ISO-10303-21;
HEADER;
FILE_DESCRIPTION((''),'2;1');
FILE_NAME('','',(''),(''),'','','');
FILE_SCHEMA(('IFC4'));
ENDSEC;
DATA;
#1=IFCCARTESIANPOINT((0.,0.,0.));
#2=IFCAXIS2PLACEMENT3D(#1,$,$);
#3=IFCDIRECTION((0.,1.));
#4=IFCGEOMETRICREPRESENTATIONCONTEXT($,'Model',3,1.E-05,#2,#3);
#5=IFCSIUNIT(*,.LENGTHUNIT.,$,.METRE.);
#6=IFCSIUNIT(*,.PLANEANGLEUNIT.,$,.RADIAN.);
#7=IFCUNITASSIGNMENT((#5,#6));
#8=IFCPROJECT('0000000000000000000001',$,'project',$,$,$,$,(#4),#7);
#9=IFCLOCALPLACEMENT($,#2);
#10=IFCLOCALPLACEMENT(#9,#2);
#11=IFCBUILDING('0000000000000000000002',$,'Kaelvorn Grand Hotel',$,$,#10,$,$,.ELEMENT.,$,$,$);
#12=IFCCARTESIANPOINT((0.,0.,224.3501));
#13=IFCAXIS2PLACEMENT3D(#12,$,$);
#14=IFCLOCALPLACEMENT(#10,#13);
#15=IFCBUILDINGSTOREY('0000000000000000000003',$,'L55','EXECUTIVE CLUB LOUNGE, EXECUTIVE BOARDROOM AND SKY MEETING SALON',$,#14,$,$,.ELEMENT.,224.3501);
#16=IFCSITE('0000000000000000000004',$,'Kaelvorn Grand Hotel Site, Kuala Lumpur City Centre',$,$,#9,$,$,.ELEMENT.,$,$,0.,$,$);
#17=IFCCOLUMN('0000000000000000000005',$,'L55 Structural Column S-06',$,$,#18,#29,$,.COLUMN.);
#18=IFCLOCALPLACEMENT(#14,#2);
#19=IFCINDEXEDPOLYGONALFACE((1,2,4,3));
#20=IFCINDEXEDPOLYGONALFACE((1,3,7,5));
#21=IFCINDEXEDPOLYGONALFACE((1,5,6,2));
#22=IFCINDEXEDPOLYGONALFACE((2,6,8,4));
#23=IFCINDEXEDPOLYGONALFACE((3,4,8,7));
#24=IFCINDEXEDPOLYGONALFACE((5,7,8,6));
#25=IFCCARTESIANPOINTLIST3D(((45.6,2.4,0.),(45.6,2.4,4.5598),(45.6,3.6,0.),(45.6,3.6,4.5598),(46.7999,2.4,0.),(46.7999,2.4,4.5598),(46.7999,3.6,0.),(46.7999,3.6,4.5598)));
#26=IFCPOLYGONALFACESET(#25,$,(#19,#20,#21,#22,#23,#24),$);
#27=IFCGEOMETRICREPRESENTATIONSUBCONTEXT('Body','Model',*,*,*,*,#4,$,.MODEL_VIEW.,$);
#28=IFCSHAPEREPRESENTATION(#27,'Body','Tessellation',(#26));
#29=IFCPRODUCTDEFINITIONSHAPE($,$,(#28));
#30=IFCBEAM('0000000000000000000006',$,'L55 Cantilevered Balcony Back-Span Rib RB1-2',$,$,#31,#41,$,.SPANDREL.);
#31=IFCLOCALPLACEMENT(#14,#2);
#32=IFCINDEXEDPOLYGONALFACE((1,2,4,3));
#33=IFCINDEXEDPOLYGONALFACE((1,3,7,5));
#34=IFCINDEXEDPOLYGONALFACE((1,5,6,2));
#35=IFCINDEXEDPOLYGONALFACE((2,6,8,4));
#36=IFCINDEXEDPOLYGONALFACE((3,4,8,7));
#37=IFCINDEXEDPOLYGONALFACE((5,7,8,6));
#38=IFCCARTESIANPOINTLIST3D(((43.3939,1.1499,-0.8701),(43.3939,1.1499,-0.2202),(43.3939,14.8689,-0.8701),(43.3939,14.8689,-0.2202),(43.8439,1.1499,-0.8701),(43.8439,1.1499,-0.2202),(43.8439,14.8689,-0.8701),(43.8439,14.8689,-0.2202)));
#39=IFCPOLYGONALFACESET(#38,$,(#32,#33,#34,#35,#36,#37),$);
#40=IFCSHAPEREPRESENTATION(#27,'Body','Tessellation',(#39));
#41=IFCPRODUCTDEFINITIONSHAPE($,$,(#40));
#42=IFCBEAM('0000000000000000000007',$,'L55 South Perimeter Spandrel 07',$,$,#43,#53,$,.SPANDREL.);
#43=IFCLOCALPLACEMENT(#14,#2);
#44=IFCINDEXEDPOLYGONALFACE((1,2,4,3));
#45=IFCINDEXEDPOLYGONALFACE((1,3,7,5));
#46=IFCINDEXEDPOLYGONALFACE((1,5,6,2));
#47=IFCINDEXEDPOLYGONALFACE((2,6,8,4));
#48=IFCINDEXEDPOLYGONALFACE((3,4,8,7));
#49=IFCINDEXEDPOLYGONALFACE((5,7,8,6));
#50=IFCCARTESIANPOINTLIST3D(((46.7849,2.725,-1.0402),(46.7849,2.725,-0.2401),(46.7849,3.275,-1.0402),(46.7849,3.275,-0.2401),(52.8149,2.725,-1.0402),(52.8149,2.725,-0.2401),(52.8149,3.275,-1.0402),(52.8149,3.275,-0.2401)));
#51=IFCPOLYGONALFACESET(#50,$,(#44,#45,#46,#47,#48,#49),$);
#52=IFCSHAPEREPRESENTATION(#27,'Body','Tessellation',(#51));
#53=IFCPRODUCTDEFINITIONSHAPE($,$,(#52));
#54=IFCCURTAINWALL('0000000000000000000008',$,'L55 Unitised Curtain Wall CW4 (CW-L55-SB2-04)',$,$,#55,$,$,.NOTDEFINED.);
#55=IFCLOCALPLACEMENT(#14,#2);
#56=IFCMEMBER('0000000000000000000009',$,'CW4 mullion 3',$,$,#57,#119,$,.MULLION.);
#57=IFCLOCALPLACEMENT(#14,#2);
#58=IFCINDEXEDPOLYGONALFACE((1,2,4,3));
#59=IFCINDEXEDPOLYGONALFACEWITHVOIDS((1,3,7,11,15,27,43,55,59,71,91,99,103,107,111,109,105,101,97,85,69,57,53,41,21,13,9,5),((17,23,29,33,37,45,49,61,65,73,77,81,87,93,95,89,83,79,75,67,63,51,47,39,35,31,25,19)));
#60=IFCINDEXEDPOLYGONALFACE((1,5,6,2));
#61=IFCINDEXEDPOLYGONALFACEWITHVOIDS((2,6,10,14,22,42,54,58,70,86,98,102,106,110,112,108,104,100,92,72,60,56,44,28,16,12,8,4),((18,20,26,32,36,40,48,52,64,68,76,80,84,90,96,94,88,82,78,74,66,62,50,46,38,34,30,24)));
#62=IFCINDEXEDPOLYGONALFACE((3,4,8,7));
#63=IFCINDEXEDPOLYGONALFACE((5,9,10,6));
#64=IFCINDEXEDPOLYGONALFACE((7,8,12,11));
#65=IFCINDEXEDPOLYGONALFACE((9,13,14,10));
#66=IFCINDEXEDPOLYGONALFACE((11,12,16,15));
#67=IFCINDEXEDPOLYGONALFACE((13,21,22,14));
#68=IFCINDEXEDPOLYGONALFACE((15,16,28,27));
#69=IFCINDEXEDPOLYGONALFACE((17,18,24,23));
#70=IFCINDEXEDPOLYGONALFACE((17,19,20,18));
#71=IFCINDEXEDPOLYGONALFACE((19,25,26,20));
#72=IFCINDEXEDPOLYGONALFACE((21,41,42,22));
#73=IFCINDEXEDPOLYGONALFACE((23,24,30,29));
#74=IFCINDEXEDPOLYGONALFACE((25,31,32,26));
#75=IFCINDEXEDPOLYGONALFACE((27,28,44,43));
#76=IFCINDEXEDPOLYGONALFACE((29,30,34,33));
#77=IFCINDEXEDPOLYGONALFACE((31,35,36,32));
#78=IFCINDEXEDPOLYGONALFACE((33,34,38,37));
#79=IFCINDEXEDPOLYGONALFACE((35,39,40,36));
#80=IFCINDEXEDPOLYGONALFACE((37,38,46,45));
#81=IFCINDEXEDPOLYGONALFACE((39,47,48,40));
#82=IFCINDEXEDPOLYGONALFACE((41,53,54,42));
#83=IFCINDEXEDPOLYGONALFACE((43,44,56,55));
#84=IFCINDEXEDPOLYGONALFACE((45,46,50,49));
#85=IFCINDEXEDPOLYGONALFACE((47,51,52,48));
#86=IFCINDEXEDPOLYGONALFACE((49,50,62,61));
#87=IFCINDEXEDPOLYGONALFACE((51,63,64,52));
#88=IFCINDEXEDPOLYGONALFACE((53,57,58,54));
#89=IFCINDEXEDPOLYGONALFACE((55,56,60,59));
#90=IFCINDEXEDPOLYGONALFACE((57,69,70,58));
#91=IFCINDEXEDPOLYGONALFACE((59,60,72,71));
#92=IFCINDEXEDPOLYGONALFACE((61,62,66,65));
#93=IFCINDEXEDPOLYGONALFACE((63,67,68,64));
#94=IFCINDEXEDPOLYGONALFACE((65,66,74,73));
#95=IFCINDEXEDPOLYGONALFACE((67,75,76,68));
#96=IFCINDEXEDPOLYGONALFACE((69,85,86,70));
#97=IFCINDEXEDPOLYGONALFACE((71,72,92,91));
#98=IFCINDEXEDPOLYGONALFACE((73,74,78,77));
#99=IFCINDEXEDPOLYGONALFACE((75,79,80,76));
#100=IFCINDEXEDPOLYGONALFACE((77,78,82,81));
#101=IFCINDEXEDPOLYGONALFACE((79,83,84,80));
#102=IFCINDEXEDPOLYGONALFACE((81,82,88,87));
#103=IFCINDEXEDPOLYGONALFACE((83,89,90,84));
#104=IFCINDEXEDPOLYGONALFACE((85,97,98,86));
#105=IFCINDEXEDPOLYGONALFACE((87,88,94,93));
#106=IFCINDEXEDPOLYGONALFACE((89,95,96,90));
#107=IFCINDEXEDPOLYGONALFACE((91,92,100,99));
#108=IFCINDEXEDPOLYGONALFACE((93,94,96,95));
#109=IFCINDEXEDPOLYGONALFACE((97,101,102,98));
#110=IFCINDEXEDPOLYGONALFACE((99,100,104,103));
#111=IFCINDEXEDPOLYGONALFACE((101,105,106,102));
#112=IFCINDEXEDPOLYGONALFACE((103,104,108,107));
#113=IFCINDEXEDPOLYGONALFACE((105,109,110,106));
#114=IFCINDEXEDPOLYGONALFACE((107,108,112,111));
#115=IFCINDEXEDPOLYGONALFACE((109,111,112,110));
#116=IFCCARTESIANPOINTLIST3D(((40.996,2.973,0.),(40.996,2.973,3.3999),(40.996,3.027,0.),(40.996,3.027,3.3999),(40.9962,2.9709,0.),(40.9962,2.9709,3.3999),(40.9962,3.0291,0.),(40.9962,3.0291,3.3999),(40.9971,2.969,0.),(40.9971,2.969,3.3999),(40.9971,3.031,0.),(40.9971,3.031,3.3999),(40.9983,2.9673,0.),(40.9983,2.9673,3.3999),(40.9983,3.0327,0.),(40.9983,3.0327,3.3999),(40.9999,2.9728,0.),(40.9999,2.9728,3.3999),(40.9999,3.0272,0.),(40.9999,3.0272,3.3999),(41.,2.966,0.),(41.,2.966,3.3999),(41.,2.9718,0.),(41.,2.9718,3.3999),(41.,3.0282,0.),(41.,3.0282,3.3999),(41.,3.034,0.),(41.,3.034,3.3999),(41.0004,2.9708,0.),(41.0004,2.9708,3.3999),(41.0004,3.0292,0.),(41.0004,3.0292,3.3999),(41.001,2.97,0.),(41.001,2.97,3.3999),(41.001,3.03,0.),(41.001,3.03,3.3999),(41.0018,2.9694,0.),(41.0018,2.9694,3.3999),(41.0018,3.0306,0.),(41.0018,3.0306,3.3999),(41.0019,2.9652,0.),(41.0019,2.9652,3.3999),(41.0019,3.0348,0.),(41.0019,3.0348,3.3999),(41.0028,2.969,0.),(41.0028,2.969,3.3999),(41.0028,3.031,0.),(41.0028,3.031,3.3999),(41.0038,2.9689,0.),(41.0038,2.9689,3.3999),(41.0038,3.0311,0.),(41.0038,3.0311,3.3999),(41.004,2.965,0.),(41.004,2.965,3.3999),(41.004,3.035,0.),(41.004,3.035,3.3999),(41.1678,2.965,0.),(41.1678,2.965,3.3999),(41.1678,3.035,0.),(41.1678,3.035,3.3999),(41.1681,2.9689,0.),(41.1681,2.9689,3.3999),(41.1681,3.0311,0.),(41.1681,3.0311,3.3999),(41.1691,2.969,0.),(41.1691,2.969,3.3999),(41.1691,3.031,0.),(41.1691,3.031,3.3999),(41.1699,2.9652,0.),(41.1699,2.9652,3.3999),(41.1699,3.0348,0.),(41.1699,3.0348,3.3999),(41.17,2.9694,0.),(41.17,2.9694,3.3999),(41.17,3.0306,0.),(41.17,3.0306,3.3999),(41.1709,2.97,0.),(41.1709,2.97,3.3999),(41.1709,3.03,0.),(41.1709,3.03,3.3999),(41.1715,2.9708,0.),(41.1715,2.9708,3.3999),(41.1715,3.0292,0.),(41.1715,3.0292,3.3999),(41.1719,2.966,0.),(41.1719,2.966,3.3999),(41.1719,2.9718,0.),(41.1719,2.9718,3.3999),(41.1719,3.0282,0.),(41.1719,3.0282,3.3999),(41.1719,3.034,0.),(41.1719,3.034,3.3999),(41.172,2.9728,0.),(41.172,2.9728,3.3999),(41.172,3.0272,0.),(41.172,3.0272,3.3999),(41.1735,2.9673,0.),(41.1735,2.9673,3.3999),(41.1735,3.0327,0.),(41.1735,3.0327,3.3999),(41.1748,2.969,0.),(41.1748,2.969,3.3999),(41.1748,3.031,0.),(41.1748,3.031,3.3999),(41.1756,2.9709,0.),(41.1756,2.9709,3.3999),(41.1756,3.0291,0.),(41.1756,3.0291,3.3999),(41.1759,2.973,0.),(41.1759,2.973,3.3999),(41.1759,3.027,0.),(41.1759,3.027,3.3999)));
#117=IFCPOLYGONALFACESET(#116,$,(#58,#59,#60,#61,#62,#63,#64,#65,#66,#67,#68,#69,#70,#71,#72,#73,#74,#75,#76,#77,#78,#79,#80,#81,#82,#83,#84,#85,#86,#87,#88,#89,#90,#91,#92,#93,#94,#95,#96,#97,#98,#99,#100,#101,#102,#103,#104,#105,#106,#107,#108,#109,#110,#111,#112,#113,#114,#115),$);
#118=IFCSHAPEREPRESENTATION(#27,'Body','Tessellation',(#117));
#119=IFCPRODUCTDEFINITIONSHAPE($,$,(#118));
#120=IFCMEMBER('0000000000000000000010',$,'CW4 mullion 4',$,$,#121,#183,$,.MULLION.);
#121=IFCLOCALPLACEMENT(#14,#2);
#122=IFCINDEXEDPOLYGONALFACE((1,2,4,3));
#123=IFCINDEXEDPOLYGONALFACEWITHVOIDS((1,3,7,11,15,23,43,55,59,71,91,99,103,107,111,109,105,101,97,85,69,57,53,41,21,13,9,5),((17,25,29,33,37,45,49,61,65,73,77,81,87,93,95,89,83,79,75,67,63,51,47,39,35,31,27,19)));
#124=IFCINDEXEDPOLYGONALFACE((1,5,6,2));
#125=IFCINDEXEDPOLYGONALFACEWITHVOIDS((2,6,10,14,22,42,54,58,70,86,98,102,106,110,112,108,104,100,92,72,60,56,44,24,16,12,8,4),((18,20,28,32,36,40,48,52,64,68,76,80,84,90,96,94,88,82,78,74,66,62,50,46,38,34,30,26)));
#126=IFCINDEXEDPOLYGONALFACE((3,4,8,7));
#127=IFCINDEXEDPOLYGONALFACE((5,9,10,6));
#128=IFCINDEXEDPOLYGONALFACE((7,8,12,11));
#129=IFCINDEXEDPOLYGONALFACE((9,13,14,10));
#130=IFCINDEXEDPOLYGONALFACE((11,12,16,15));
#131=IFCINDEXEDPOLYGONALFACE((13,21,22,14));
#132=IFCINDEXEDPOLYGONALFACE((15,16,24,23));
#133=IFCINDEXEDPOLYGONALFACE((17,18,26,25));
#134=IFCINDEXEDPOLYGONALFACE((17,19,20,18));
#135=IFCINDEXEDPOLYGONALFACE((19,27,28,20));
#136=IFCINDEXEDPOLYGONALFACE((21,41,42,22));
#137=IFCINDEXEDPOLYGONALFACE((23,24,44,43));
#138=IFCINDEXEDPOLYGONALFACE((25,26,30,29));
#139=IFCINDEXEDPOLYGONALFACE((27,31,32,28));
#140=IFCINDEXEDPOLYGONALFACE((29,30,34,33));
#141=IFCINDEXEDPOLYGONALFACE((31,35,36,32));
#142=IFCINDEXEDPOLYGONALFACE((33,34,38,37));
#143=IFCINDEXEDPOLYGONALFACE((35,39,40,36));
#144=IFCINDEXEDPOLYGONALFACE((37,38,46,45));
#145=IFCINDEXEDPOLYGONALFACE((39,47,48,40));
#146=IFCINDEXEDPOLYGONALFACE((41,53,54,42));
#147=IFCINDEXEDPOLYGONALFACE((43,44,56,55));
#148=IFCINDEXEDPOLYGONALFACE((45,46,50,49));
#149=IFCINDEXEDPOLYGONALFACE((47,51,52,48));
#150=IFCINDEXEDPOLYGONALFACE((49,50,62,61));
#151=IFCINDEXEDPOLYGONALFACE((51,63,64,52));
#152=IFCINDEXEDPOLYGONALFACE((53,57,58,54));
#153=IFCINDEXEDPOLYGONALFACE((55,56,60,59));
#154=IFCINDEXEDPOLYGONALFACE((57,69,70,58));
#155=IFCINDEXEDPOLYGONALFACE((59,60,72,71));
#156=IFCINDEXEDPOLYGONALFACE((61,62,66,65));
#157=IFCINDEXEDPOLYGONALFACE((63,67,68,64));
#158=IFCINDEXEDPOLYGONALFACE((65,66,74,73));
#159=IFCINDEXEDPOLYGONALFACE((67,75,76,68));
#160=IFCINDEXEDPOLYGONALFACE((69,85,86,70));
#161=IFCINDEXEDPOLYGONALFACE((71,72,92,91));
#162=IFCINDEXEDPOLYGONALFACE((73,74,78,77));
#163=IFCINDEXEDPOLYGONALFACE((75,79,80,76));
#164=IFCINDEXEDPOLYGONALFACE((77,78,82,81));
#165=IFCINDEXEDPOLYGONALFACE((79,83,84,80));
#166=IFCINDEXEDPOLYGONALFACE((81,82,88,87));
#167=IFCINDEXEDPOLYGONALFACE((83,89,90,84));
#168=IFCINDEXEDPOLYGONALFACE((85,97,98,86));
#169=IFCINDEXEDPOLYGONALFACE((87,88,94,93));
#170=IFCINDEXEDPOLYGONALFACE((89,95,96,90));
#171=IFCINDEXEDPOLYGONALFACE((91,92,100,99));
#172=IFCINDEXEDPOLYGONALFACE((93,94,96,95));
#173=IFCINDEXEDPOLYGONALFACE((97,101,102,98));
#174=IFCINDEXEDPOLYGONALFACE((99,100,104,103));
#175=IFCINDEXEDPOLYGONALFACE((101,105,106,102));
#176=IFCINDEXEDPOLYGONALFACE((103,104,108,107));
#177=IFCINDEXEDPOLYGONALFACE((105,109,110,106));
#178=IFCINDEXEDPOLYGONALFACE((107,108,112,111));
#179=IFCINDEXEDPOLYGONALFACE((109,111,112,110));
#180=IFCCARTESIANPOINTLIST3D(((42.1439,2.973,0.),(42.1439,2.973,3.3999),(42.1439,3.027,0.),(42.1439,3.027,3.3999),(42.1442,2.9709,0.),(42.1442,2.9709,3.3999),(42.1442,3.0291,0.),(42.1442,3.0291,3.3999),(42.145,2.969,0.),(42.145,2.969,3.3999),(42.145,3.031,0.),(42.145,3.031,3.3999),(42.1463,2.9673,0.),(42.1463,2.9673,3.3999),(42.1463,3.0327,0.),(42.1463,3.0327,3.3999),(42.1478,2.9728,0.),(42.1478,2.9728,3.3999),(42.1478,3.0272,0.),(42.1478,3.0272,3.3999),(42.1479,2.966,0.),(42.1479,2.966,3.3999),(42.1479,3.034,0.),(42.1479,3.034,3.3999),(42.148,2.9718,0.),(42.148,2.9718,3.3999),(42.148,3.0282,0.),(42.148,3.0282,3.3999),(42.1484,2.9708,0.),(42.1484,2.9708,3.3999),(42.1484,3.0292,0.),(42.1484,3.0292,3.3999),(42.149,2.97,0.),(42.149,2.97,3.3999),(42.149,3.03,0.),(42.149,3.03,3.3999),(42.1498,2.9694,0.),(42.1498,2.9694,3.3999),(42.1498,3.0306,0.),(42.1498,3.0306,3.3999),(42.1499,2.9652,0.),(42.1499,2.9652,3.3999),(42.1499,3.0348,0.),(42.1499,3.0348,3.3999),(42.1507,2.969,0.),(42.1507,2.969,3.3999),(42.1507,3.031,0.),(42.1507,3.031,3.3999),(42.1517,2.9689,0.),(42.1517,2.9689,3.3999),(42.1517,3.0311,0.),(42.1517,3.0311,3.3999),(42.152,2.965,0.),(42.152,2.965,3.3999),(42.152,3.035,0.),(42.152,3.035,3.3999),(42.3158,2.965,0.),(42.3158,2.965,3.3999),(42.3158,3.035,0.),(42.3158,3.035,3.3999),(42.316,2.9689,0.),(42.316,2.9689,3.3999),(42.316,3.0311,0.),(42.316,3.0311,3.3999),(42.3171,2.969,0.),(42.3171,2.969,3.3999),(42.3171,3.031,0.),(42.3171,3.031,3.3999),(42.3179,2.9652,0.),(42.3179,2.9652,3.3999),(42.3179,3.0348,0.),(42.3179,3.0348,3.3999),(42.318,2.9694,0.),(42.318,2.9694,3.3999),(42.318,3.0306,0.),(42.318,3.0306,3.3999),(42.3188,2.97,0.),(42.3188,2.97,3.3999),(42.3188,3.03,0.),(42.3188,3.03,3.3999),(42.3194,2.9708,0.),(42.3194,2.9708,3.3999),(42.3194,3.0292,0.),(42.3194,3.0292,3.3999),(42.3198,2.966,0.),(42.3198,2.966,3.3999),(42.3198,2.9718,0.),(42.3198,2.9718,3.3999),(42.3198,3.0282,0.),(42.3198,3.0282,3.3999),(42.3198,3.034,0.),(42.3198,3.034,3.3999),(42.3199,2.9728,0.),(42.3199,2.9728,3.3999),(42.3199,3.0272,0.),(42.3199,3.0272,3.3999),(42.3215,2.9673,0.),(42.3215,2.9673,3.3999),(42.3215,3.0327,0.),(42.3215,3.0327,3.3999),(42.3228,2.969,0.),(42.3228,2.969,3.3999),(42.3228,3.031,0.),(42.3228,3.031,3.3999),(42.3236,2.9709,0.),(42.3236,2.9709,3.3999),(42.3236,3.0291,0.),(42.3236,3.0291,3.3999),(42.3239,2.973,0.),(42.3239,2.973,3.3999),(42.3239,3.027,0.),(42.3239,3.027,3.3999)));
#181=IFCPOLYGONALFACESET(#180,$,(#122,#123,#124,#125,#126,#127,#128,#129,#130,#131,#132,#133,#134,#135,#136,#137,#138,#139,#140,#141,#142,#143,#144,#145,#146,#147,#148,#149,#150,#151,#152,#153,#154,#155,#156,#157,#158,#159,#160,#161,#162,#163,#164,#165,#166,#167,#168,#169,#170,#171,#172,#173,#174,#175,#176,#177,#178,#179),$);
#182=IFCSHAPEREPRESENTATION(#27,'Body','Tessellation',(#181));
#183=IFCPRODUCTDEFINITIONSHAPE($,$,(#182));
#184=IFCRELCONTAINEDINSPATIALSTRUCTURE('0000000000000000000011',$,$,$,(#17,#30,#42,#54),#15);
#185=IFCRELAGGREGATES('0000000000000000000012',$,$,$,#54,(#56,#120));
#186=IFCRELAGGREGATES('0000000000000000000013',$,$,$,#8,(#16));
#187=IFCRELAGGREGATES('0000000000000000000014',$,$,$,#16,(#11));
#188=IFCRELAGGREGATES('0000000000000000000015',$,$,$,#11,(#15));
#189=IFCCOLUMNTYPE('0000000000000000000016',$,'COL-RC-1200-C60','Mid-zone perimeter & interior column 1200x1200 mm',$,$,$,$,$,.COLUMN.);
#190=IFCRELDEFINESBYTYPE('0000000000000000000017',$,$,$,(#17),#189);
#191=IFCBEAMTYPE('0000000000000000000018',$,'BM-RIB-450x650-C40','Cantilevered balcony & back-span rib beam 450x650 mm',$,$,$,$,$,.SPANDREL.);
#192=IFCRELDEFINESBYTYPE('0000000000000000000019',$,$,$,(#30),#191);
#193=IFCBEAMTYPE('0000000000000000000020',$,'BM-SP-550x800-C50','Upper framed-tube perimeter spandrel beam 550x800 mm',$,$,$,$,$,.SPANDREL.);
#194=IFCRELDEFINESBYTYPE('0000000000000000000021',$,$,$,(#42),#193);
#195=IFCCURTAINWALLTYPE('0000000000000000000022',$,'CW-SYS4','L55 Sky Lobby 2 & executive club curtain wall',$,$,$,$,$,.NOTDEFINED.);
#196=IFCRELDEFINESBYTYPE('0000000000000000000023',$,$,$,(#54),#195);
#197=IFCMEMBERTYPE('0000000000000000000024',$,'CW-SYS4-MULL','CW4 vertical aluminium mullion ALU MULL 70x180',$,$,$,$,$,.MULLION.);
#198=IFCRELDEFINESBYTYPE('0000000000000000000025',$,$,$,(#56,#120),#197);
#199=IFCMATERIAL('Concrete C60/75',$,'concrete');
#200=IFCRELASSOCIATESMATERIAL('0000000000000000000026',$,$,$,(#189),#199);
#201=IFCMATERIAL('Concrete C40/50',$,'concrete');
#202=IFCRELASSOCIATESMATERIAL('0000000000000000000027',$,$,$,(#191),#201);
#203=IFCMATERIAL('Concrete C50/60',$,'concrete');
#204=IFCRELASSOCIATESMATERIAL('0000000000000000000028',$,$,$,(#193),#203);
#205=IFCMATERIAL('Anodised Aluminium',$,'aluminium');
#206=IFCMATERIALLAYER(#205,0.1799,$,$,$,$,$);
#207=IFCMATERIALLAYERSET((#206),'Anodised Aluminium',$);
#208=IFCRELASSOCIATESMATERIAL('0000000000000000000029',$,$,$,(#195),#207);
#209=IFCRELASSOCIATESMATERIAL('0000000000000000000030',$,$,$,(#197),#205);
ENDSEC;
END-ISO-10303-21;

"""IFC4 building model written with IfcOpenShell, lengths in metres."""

from ifc_helpers import new_model, si_unit, direction, frame, origin, origin_2d, place, context, subcontext, project, spatial, rectangle, hollow_rectangle, extrude, material, layer, layer_set, material_profile, profile_set, type_object, element, aggregate, save


model = new_model("IFC4")

# Units and contexts
model_context = context("Model", 3, precision=1e-05, world=origin(), true_north=direction((0.0, 1.0)))
body_context = subcontext(model_context, "Body", "Model", "MODEL_VIEW")
ifc_project = project(units=[si_unit("LENGTHUNIT", "METRE"), si_unit("PLANEANGLEUNIT", "RADIAN")], contexts=[model_context])

# Site, building, storey
site_placement = place(None, origin())
site = spatial("IfcSite", under=ifc_project, at=site_placement, Name="Kaelvorn Grand Hotel Site, Kuala Lumpur City Centre", CompositionType="ELEMENT", RefElevation=0.0)
building_placement = place(site_placement, origin())
building = spatial("IfcBuilding", under=site, at=building_placement, Name="Kaelvorn Grand Hotel", CompositionType="ELEMENT")
storey_placement = place(building_placement, frame((0.0, 0.0, 224.3501)))
storey = spatial("IfcBuildingStorey", under=building, at=storey_placement, Name="L55", Description="EXECUTIVE CLUB LOUNGE, EXECUTIVE BOARDROOM AND SKY MEETING SALON", CompositionType="ELEMENT", Elevation=224.3501)

# Column
ifc_material_1 = material(Name="Concrete C60/75", Category="concrete")
ifc_material_profile_1 = material_profile(ifc_material_1, rectangle(XDim=1.2, YDim=1.2, at=origin_2d()), Name="RC COL 1200x1200")
ifc_profile_set_1 = profile_set([ifc_material_profile_1], Name="Concrete C60/75")
column_type = type_object("IfcColumnType", Name="COL-RC-1200-C60", Description="Mid-zone perimeter & interior column 1200x1200 mm", PredefinedType="COLUMN", material=ifc_profile_set_1)
column_placement = place(storey_placement, frame((46.2, 3.0, 0.0), z_axis=(0.0, 0.0, 1.0), x_axis=(1.0, 0.0, 0.0)))
element("IfcColumn", 1, at=column_placement, inside=storey, type_object=column_type, Name="L55 Structural Column S-06", PredefinedType="COLUMN", context=body_context, shape_type="SweptSolid", body=[
    extrude(rectangle(XDim=1.2, YDim=1.2, at=origin_2d()), origin(), (0.0, 0.0, 1.0), 4.5598),
])

# Beams
ifc_material_2 = material(Name="Concrete C40/50", Category="concrete")
ifc_material_profile_2 = material_profile(ifc_material_2, rectangle(XDim=0.45, YDim=0.6499, at=origin_2d()), Name="RC RIB 450x650")
ifc_profile_set_2 = profile_set([ifc_material_profile_2], Name="Concrete C40/50")
beam_type_1 = type_object("IfcBeamType", Name="BM-RIB-450x650-C40", Description="Cantilevered balcony & back-span rib beam 450x650 mm", PredefinedType="SPANDREL", material=ifc_profile_set_2)
beam_1_placement = place(storey_placement, frame((43.6189, 1.1499, -0.5452), z_axis=(0.0, 1.0, 0.0), x_axis=(-1.0, 0.0, 0.0)))
element("IfcBeam", 2, at=beam_1_placement, inside=storey, type_object=beam_type_1, Name="L55 Cantilevered Balcony Back-Span Rib RB1-2", PredefinedType="SPANDREL", context=body_context, shape_type="SweptSolid", body=[
    extrude(rectangle(XDim=0.45, YDim=0.6499, at=origin_2d()), origin(), (0.0, 0.0, 1.0), 13.719),
])
ifc_material_3 = material(Name="Concrete C50/60", Category="concrete")
ifc_material_profile_3 = material_profile(ifc_material_3, rectangle(XDim=0.55, YDim=0.8, at=origin_2d()), Name="RC SPANDREL 550x800")
ifc_profile_set_3 = profile_set([ifc_material_profile_3], Name="Concrete C50/60")
beam_type_2 = type_object("IfcBeamType", Name="BM-SP-550x800-C50", Description="Upper framed-tube perimeter spandrel beam 550x800 mm", PredefinedType="SPANDREL", material=ifc_profile_set_3)
beam_2_placement = place(storey_placement, frame((46.7849, 3.0, -0.6401), z_axis=(1.0, 0.0, 0.0), x_axis=(0.0, 1.0, 0.0)))
element("IfcBeam", 3, at=beam_2_placement, inside=storey, type_object=beam_type_2, Name="L55 South Perimeter Spandrel 07", PredefinedType="SPANDREL", context=body_context, shape_type="SweptSolid", body=[
    extrude(rectangle(XDim=0.55, YDim=0.8, at=origin_2d()), origin(), (0.0, 0.0, 1.0), 6.03),
])

# Curtain wall, members
ifc_material_4 = material(Name="Anodised Aluminium", Category="aluminium")
ifc_layer_1 = layer(ifc_material_4, 0.1799)
ifc_layer_set_1 = layer_set([ifc_layer_1], Name="Anodised Aluminium")
curtain_wall_type = type_object("IfcCurtainWallType", Name="CW-SYS4", Description="L55 Sky Lobby 2 & executive club curtain wall", PredefinedType="NOTDEFINED", material=ifc_layer_set_1)
curtain_wall_1_placement = place(storey_placement, origin())
curtain_wall_1 = element("IfcCurtainWall", 4, at=curtain_wall_1_placement, inside=storey, type_object=curtain_wall_type, Name="L55 Unitised Curtain Wall CW4 (CW-L55-SB2-04)", PredefinedType="NOTDEFINED")
ifc_material_profile_4 = material_profile(ifc_material_4, hollow_rectangle(XDim=0.0701, YDim=0.1799, WallThickness=0.0039, InnerFilletRadius=0.0039, OuterFilletRadius=0.0081, at=origin_2d()), Name="ALU MULL 70x180")
ifc_profile_set_4 = profile_set([ifc_material_profile_4], Name="Anodised Aluminium")
member_type_1 = type_object("IfcMemberType", Name="CW-SYS4-MULL", Description="CW4 vertical aluminium mullion ALU MULL 70x180", PredefinedType="MULLION", material=ifc_profile_set_4)
member_1_placement = place(storey_placement, frame((41.0859, 3.0, 0.0), z_axis=(0.0, 0.0, 1.0), x_axis=(0.0, 1.0, 0.0)))
member_1 = element("IfcMember", 5, at=member_1_placement, type_object=member_type_1, Name="CW4 mullion 3", PredefinedType="MULLION", context=body_context, shape_type="SweptSolid", body=[
    extrude(hollow_rectangle(XDim=0.0701, YDim=0.1799, WallThickness=0.0039, InnerFilletRadius=0.0039, OuterFilletRadius=0.0081, at=origin_2d()), origin(), (0.0, 0.0, 1.0), 3.3999),
])
member_2_placement = place(storey_placement, frame((42.2339, 3.0, 0.0), z_axis=(0.0, 0.0, 1.0), x_axis=(0.0, 1.0, 0.0)))
member_2 = element("IfcMember", 6, at=member_2_placement, type_object=member_type_1, Name="CW4 mullion 4", PredefinedType="MULLION", context=body_context, shape_type="SweptSolid", body=[
    extrude(hollow_rectangle(XDim=0.0701, YDim=0.1799, WallThickness=0.0039, InnerFilletRadius=0.0039, OuterFilletRadius=0.0081, at=origin_2d()), origin(), (0.0, 0.0, 1.0), 3.3999),
])

aggregate(curtain_wall_1, [member_1, member_2])

save(model, "model.ifc")
